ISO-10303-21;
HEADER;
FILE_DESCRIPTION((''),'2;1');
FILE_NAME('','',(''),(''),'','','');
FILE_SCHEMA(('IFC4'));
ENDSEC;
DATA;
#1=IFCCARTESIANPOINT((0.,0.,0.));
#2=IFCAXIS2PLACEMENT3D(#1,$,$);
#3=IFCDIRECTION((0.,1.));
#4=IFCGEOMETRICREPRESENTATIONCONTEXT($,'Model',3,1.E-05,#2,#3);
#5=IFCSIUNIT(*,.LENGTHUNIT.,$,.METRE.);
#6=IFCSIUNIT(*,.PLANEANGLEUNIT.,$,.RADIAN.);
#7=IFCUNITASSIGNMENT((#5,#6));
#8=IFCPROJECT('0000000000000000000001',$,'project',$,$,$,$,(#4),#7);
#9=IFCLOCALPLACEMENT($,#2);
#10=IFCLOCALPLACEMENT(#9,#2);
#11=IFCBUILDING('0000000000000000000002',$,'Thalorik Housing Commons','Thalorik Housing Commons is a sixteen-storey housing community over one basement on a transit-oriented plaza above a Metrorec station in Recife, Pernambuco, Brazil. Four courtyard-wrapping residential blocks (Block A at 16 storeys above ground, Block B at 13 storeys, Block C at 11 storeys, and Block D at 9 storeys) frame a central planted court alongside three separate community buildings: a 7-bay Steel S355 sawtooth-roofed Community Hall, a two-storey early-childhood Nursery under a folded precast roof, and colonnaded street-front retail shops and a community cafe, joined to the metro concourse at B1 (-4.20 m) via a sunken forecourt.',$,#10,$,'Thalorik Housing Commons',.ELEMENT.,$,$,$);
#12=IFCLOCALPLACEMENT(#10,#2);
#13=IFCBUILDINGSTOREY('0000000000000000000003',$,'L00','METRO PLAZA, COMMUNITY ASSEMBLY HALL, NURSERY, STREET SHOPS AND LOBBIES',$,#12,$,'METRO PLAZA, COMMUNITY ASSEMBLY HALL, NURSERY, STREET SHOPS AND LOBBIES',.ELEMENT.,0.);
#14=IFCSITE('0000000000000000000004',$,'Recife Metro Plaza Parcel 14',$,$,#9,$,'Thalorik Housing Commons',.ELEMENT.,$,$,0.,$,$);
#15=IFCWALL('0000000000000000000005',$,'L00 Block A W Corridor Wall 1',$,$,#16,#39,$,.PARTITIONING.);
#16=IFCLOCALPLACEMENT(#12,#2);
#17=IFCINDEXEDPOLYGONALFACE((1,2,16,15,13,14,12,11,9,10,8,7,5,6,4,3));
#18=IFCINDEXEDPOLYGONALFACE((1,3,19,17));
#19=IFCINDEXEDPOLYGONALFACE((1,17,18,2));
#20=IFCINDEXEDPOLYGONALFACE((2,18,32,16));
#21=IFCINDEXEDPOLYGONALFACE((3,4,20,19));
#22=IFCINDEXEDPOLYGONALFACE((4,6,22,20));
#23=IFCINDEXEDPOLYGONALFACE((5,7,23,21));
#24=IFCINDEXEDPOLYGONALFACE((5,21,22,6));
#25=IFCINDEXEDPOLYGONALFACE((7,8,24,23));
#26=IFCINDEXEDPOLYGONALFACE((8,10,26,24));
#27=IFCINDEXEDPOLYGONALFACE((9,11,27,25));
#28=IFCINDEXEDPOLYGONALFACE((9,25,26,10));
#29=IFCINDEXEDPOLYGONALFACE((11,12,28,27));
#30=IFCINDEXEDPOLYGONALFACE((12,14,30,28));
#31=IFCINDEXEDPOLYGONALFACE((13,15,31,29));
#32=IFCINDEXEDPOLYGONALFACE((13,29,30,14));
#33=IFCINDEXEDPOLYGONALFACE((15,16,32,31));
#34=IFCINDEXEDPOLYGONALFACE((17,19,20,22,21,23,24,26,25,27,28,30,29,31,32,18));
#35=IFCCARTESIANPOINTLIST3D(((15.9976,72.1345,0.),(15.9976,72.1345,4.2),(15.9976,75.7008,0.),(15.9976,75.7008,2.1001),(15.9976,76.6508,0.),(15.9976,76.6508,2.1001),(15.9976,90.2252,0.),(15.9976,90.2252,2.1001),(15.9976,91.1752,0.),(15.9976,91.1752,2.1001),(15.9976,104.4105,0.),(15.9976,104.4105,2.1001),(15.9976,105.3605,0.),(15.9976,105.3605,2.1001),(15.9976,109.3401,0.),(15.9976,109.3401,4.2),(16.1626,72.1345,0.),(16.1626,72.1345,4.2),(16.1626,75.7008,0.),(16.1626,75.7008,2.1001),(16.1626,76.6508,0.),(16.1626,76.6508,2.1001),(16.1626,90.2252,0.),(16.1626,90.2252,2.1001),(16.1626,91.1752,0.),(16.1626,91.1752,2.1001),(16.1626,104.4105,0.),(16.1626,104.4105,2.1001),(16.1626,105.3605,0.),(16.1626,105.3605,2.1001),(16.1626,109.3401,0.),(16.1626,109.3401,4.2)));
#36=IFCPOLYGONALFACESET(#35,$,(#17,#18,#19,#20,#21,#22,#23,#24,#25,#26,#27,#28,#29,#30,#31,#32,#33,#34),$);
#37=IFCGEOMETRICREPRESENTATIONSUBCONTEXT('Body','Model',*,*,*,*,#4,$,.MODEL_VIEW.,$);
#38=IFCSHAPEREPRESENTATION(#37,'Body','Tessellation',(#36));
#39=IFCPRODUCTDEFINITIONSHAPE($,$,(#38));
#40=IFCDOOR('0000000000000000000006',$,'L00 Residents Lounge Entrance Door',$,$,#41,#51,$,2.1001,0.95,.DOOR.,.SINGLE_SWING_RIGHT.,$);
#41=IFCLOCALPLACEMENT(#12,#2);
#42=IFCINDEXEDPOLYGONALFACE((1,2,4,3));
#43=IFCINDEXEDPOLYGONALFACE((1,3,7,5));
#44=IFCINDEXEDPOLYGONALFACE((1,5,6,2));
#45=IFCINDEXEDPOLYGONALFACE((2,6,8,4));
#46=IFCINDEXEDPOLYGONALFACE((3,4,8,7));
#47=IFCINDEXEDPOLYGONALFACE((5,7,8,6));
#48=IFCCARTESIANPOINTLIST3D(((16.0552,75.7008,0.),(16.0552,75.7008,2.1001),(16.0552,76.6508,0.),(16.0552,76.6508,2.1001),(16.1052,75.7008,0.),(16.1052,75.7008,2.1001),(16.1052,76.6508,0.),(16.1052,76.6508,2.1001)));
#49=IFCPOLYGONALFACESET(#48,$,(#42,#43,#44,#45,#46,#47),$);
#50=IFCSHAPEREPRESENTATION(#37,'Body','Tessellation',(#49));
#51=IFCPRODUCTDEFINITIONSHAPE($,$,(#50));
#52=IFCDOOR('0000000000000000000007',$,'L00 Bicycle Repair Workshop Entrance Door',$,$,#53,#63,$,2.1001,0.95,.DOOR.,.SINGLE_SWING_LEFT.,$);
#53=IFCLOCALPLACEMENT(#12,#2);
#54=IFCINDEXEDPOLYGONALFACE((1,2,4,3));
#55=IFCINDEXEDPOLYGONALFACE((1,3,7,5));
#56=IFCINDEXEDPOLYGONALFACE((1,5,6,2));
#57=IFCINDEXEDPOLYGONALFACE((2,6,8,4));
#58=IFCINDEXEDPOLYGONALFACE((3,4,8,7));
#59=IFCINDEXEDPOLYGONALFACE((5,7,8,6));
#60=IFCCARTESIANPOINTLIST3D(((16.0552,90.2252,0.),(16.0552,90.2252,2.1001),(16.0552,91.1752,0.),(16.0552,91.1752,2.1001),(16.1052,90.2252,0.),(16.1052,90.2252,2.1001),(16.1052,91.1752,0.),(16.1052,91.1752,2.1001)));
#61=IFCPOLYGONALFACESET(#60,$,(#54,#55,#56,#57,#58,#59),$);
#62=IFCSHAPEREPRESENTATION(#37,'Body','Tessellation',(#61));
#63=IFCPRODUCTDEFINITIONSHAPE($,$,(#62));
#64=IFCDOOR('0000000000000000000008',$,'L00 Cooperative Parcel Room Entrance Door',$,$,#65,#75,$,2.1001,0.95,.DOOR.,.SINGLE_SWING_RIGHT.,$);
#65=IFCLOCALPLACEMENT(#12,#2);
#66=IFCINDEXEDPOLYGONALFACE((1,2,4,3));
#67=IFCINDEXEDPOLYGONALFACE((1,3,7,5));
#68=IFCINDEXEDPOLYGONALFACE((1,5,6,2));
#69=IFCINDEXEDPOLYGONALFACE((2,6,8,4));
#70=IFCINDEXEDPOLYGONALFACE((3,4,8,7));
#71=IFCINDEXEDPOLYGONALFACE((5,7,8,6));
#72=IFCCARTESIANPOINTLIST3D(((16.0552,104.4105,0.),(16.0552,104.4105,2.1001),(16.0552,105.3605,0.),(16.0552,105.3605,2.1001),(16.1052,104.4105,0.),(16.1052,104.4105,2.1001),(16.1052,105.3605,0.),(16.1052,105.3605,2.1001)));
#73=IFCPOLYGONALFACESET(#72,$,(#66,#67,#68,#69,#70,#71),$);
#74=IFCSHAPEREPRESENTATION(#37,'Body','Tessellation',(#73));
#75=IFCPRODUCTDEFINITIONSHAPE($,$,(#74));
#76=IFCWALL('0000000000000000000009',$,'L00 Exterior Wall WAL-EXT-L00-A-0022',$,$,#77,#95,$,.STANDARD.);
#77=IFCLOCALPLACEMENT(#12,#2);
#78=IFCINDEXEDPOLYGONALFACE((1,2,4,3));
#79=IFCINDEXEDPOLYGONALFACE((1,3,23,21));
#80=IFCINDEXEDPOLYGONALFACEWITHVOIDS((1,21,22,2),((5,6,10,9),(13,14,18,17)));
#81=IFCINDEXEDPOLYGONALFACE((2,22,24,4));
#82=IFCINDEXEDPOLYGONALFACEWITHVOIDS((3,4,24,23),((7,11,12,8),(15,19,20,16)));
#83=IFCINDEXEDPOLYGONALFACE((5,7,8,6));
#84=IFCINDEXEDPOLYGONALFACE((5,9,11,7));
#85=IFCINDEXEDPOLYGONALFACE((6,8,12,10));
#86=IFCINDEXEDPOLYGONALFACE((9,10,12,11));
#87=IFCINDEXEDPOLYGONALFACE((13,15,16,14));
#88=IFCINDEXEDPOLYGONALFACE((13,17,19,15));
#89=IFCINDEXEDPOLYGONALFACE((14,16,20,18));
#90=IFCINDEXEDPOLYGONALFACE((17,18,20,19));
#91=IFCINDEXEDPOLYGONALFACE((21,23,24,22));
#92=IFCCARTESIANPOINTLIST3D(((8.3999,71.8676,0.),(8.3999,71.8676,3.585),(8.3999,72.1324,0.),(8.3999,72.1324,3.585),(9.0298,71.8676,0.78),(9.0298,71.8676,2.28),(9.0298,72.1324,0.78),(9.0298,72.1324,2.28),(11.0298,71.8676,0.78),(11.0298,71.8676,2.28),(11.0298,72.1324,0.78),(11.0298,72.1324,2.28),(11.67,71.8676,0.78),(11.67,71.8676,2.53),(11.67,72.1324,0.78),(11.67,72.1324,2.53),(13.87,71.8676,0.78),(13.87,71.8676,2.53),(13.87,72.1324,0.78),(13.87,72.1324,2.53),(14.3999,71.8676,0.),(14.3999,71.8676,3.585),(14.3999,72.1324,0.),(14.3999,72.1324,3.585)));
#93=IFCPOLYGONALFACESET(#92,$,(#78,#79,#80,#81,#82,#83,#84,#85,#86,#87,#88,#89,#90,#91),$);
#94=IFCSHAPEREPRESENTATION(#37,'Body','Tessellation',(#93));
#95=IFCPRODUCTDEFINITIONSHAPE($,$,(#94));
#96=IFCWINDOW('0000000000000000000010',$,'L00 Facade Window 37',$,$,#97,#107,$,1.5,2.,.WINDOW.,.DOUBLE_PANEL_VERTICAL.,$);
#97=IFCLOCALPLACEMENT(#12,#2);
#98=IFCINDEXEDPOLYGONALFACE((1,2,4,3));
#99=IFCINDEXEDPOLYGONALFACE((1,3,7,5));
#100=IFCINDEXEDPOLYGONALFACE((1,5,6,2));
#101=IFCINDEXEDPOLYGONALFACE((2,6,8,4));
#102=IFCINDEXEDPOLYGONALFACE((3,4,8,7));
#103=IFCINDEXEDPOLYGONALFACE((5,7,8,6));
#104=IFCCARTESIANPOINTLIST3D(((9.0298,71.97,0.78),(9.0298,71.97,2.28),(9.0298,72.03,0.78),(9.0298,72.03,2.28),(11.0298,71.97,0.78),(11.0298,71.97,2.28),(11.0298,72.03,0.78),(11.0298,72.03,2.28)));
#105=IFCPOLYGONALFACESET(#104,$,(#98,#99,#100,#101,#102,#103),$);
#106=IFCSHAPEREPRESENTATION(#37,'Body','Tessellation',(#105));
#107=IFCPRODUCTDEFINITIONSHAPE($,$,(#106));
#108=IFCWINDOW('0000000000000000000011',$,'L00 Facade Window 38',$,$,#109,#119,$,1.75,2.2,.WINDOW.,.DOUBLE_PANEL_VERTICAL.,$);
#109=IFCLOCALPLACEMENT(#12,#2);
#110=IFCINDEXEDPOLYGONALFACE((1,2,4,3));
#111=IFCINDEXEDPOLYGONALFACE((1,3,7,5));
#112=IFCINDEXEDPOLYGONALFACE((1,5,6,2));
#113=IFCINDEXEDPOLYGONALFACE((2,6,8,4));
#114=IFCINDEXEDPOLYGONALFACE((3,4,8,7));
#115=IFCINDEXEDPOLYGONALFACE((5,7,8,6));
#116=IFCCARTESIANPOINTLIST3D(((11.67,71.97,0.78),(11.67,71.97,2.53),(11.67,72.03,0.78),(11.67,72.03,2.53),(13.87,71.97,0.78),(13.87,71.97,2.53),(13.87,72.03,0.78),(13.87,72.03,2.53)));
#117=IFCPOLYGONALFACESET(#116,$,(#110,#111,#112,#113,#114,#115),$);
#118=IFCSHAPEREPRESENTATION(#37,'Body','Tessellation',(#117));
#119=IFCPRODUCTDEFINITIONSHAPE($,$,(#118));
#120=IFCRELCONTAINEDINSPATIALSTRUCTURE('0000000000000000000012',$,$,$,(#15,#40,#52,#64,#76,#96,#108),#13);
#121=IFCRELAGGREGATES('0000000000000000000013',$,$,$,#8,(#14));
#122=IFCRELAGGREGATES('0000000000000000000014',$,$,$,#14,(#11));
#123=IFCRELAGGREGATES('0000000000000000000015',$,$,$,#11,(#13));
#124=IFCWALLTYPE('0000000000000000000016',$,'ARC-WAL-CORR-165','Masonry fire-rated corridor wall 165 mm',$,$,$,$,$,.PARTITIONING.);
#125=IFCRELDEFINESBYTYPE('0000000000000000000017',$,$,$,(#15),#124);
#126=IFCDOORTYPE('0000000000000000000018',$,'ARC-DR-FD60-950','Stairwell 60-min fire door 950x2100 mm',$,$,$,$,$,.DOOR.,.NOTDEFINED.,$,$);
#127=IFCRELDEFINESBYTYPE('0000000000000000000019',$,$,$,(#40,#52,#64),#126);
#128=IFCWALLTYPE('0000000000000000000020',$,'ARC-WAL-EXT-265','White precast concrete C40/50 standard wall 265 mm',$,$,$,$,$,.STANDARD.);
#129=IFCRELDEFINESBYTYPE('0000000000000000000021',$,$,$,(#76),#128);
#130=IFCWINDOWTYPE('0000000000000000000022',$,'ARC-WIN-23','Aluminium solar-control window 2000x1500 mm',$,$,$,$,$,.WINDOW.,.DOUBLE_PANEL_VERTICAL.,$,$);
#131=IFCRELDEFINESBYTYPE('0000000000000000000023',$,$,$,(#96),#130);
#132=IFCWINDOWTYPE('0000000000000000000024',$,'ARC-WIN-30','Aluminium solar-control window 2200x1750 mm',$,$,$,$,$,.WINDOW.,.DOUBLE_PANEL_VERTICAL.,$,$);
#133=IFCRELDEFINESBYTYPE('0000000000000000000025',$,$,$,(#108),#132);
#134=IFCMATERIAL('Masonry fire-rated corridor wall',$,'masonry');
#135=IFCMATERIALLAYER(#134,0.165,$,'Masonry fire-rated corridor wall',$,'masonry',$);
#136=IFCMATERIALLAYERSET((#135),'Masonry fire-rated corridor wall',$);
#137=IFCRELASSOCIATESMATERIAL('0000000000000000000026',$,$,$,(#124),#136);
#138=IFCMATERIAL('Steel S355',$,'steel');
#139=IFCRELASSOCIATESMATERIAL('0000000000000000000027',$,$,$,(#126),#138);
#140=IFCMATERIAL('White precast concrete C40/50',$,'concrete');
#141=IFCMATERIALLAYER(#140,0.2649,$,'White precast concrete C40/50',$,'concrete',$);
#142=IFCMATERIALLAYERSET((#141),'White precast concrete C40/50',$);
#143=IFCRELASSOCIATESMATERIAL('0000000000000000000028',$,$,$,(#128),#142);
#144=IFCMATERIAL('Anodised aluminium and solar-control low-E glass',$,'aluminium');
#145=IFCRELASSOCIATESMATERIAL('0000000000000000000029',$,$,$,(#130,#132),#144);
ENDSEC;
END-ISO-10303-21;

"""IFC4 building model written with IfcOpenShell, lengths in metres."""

from ifc_helpers import new_model, si_unit, direction, frame, frame_2d, origin, place, context, subcontext, project, spatial, rectangle, extrude, material, layer, layer_set, type_object, element, fill, save


model = new_model("IFC4")

# Units and contexts
model_context = context("Model", 3, precision=1e-05, world=origin(), true_north=direction((0.0, 1.0)))
body_context = subcontext(model_context, "Body", "Model", "MODEL_VIEW")
ifc_project = project(units=[si_unit("LENGTHUNIT", "METRE"), si_unit("PLANEANGLEUNIT", "RADIAN")], contexts=[model_context])

# Site, building, storey
site_placement = place(None, origin())
site = spatial("IfcSite", under=ifc_project, at=site_placement, Name="Recife Metro Plaza Parcel 14", LongName="Thalorik Housing Commons", CompositionType="ELEMENT", RefElevation=0.0)
building_placement = place(site_placement, origin())
building = spatial("IfcBuilding", under=site, at=building_placement, Name="Thalorik Housing Commons", Description="Thalorik Housing Commons is a sixteen-storey housing community over one basement on a transit-oriented plaza above a Metrorec station in Recife, Pernambuco, Brazil. Four courtyard-wrapping residential blocks (Block A at 16 storeys above ground, Block B at 13 storeys, Block C at 11 storeys, and Block D at 9 storeys) frame a central planted court alongside three separate community buildings: a 7-bay Steel S355 sawtooth-roofed Community Hall, a two-storey early-childhood Nursery under a folded precast roof, and colonnaded street-front retail shops and a community cafe, joined to the metro concourse at B1 (-4.20 m) via a sunken forecourt.", LongName="Thalorik Housing Commons", CompositionType="ELEMENT")
storey_placement = place(building_placement, origin())
storey = spatial("IfcBuildingStorey", under=building, at=storey_placement, Name="L00", Description="METRO PLAZA, COMMUNITY ASSEMBLY HALL, NURSERY, STREET SHOPS AND LOBBIES", LongName="METRO PLAZA, COMMUNITY ASSEMBLY HALL, NURSERY, STREET SHOPS AND LOBBIES", CompositionType="ELEMENT", Elevation=0.0)

# Wall, openings, doors
ifc_material_1 = material(Name="Masonry fire-rated corridor wall", Category="masonry")
ifc_layer_1 = layer(ifc_material_1, 0.165, Name="Masonry fire-rated corridor wall", Category="masonry")
ifc_layer_set_1 = layer_set([ifc_layer_1], Name="Masonry fire-rated corridor wall")
wall_type_1 = type_object("IfcWallType", Name="ARC-WAL-CORR-165", Description="Masonry fire-rated corridor wall 165 mm", PredefinedType="PARTITIONING", material=ifc_layer_set_1)
wall_1_placement = place(storey_placement, frame((16.0801, 72.1345, 0.0), z_axis=(0.0, 0.0, 1.0), x_axis=(0.0, 1.0, 0.0)))
wall_1 = element("IfcWall", 1, at=wall_1_placement, inside=storey, type_object=wall_type_1, Name="L00 Block A W Corridor Wall 1", PredefinedType="PARTITIONING", context=body_context, shape_type="SweptSolid", body=[
    extrude(rectangle(XDim=37.2056, YDim=0.165, at=frame_2d((18.6028, 0.0))), origin(), (0.0, 0.0, 1.0), 4.2),
])
opening_1_placement = place(wall_1_placement, frame((3.5662, 0.0, 0.0)))
opening_1 = element("IfcOpeningElement", 2, at=opening_1_placement, cuts=wall_1, PredefinedType="OPENING", context=body_context, shape_type="SweptSolid", body=[
    extrude(rectangle(XDim=0.95, YDim=2.1001, at=frame_2d((0.4751, 1.05))), frame((0.0, 0.0925, 0.0), z_axis=(0.0, -1.0, 0.0), x_axis=(1.0, 0.0, 0.0)), (0.0, 0.0, 1.0), 0.1851),
])
opening_2_placement = place(wall_1_placement, frame((18.0906, 0.0, 0.0)))
opening_2 = element("IfcOpeningElement", 3, at=opening_2_placement, cuts=wall_1, PredefinedType="OPENING", context=body_context, shape_type="SweptSolid", body=[
    extrude(rectangle(XDim=0.95, YDim=2.1001, at=frame_2d((0.4751, 1.05))), frame((0.0, 0.0925, 0.0), z_axis=(0.0, -1.0, 0.0), x_axis=(1.0, 0.0, 0.0)), (0.0, 0.0, 1.0), 0.1851),
])
opening_3_placement = place(wall_1_placement, frame((32.2759, 0.0, 0.0)))
opening_3 = element("IfcOpeningElement", 4, at=opening_3_placement, cuts=wall_1, PredefinedType="OPENING", context=body_context, shape_type="SweptSolid", body=[
    extrude(rectangle(XDim=0.95, YDim=2.1001, at=frame_2d((0.4751, 1.05))), frame((0.0, 0.0925, 0.0), z_axis=(0.0, -1.0, 0.0), x_axis=(1.0, 0.0, 0.0)), (0.0, 0.0, 1.0), 0.1851),
])
ifc_material_2 = material(Name="Steel S355", Category="steel")
door_type_1 = type_object("IfcDoorType", Name="ARC-DR-FD60-950", Description="Stairwell 60-min fire door 950x2100 mm", OperationType="NOTDEFINED", PredefinedType="DOOR", material=ifc_material_2)
door_1_placement = place(opening_1_placement, origin())
door_1 = element("IfcDoor", 5, at=door_1_placement, inside=storey, type_object=door_type_1, Name="L00 Residents Lounge Entrance Door", OperationType="SINGLE_SWING_RIGHT", OverallHeight=2.1001, OverallWidth=0.95, PredefinedType="DOOR", context=body_context, shape_type="SweptSolid", body=[
    extrude(rectangle(XDim=0.95, YDim=2.1001, at=frame_2d((0.4751, 1.05))), frame((0.0, 0.0249, 0.0), z_axis=(0.0, -1.0, 0.0), x_axis=(1.0, 0.0, 0.0)), (0.0, 0.0, 1.0), 0.05),
])
fill(opening_1, door_1)
door_2_placement = place(opening_2_placement, origin())
door_2 = element("IfcDoor", 6, at=door_2_placement, inside=storey, type_object=door_type_1, Name="L00 Bicycle Repair Workshop Entrance Door", OperationType="SINGLE_SWING_LEFT", OverallHeight=2.1001, OverallWidth=0.95, PredefinedType="DOOR", context=body_context, shape_type="SweptSolid", body=[
    extrude(rectangle(XDim=0.95, YDim=2.1001, at=frame_2d((0.4751, 1.05))), frame((0.0, 0.0249, 0.0), z_axis=(0.0, -1.0, 0.0), x_axis=(1.0, 0.0, 0.0)), (0.0, 0.0, 1.0), 0.05),
])
fill(opening_2, door_2)
door_3_placement = place(opening_3_placement, origin())
door_3 = element("IfcDoor", 7, at=door_3_placement, inside=storey, type_object=door_type_1, Name="L00 Cooperative Parcel Room Entrance Door", OperationType="SINGLE_SWING_RIGHT", OverallHeight=2.1001, OverallWidth=0.95, PredefinedType="DOOR", context=body_context, shape_type="SweptSolid", body=[
    extrude(rectangle(XDim=0.95, YDim=2.1001, at=frame_2d((0.4751, 1.05))), frame((0.0, 0.0249, 0.0), z_axis=(0.0, -1.0, 0.0), x_axis=(1.0, 0.0, 0.0)), (0.0, 0.0, 1.0), 0.05),
])
fill(opening_3, door_3)

# Wall, openings, windows
ifc_material_3 = material(Name="White precast concrete C40/50", Category="concrete")
ifc_layer_2 = layer(ifc_material_3, 0.2649, Name="White precast concrete C40/50", Category="concrete")
ifc_layer_set_2 = layer_set([ifc_layer_2], Name="White precast concrete C40/50")
wall_type_2 = type_object("IfcWallType", Name="ARC-WAL-EXT-265", Description="White precast concrete C40/50 standard wall 265 mm", PredefinedType="STANDARD", material=ifc_layer_set_2)
wall_2_placement = place(storey_placement, frame((8.3999, 72.0, 0.0), z_axis=(0.0, 0.0, 1.0), x_axis=(1.0, 0.0, 0.0)))
wall_2 = element("IfcWall", 8, at=wall_2_placement, inside=storey, type_object=wall_type_2, Name="L00 Exterior Wall WAL-EXT-L00-A-0022", PredefinedType="STANDARD", context=body_context, shape_type="SweptSolid", body=[
    extrude(rectangle(XDim=6.0, YDim=0.2649, at=frame_2d((3.0, 0.0))), origin(), (0.0, 0.0, 1.0), 3.585),
])
opening_4_placement = place(wall_2_placement, frame((0.6299, 0.0, 0.78)))
opening_4 = element("IfcOpeningElement", 9, at=opening_4_placement, cuts=wall_2, PredefinedType="OPENING", context=body_context, shape_type="SweptSolid", body=[
    extrude(rectangle(XDim=2.0, YDim=1.5, at=frame_2d((1.0, 0.75))), frame((0.0, 0.1426, 0.0), z_axis=(0.0, -1.0, 0.0), x_axis=(1.0, 0.0, 0.0)), (0.0, 0.0, 1.0), 0.2849),
])
opening_5_placement = place(wall_2_placement, frame((3.27, 0.0, 0.78)))
opening_5 = element("IfcOpeningElement", 10, at=opening_5_placement, cuts=wall_2, PredefinedType="OPENING", context=body_context, shape_type="SweptSolid", body=[
    extrude(rectangle(XDim=2.2, YDim=1.75, at=frame_2d((1.1001, 0.875))), frame((0.0, 0.1426, 0.0), z_axis=(0.0, -1.0, 0.0), x_axis=(1.0, 0.0, 0.0)), (0.0, 0.0, 1.0), 0.2849),
])
ifc_material_4 = material(Name="Anodised aluminium and solar-control low-E glass", Category="aluminium")
window_type_1 = type_object("IfcWindowType", Name="ARC-WIN-23", Description="Aluminium solar-control window 2000x1500 mm", PartitioningType="DOUBLE_PANEL_VERTICAL", PredefinedType="WINDOW", material=ifc_material_4)
window_1_placement = place(opening_4_placement, origin())
window_1 = element("IfcWindow", 11, at=window_1_placement, inside=storey, type_object=window_type_1, Name="L00 Facade Window 37", OverallHeight=1.5, OverallWidth=2.0, PartitioningType="DOUBLE_PANEL_VERTICAL", PredefinedType="WINDOW", context=body_context, shape_type="SweptSolid", body=[
    extrude(rectangle(XDim=2.0, YDim=1.5, at=frame_2d((1.0, 0.75))), frame((0.0, 0.03, 0.0), z_axis=(0.0, -1.0, 0.0), x_axis=(1.0, 0.0, 0.0)), (0.0, 0.0, 1.0), 0.0601),
])
fill(opening_4, window_1)
window_type_2 = type_object("IfcWindowType", Name="ARC-WIN-30", Description="Aluminium solar-control window 2200x1750 mm", PartitioningType="DOUBLE_PANEL_VERTICAL", PredefinedType="WINDOW", material=ifc_material_4)
window_2_placement = place(opening_5_placement, origin())
window_2 = element("IfcWindow", 12, at=window_2_placement, inside=storey, type_object=window_type_2, Name="L00 Facade Window 38", OverallHeight=1.75, OverallWidth=2.2, PartitioningType="DOUBLE_PANEL_VERTICAL", PredefinedType="WINDOW", context=body_context, shape_type="SweptSolid", body=[
    extrude(rectangle(XDim=2.2, YDim=1.75, at=frame_2d((1.1001, 0.875))), frame((0.0, 0.03, 0.0), z_axis=(0.0, -1.0, 0.0), x_axis=(1.0, 0.0, 0.0)), (0.0, 0.0, 1.0), 0.0601),
])
fill(opening_5, window_2)

save(model, "model.ifc")
